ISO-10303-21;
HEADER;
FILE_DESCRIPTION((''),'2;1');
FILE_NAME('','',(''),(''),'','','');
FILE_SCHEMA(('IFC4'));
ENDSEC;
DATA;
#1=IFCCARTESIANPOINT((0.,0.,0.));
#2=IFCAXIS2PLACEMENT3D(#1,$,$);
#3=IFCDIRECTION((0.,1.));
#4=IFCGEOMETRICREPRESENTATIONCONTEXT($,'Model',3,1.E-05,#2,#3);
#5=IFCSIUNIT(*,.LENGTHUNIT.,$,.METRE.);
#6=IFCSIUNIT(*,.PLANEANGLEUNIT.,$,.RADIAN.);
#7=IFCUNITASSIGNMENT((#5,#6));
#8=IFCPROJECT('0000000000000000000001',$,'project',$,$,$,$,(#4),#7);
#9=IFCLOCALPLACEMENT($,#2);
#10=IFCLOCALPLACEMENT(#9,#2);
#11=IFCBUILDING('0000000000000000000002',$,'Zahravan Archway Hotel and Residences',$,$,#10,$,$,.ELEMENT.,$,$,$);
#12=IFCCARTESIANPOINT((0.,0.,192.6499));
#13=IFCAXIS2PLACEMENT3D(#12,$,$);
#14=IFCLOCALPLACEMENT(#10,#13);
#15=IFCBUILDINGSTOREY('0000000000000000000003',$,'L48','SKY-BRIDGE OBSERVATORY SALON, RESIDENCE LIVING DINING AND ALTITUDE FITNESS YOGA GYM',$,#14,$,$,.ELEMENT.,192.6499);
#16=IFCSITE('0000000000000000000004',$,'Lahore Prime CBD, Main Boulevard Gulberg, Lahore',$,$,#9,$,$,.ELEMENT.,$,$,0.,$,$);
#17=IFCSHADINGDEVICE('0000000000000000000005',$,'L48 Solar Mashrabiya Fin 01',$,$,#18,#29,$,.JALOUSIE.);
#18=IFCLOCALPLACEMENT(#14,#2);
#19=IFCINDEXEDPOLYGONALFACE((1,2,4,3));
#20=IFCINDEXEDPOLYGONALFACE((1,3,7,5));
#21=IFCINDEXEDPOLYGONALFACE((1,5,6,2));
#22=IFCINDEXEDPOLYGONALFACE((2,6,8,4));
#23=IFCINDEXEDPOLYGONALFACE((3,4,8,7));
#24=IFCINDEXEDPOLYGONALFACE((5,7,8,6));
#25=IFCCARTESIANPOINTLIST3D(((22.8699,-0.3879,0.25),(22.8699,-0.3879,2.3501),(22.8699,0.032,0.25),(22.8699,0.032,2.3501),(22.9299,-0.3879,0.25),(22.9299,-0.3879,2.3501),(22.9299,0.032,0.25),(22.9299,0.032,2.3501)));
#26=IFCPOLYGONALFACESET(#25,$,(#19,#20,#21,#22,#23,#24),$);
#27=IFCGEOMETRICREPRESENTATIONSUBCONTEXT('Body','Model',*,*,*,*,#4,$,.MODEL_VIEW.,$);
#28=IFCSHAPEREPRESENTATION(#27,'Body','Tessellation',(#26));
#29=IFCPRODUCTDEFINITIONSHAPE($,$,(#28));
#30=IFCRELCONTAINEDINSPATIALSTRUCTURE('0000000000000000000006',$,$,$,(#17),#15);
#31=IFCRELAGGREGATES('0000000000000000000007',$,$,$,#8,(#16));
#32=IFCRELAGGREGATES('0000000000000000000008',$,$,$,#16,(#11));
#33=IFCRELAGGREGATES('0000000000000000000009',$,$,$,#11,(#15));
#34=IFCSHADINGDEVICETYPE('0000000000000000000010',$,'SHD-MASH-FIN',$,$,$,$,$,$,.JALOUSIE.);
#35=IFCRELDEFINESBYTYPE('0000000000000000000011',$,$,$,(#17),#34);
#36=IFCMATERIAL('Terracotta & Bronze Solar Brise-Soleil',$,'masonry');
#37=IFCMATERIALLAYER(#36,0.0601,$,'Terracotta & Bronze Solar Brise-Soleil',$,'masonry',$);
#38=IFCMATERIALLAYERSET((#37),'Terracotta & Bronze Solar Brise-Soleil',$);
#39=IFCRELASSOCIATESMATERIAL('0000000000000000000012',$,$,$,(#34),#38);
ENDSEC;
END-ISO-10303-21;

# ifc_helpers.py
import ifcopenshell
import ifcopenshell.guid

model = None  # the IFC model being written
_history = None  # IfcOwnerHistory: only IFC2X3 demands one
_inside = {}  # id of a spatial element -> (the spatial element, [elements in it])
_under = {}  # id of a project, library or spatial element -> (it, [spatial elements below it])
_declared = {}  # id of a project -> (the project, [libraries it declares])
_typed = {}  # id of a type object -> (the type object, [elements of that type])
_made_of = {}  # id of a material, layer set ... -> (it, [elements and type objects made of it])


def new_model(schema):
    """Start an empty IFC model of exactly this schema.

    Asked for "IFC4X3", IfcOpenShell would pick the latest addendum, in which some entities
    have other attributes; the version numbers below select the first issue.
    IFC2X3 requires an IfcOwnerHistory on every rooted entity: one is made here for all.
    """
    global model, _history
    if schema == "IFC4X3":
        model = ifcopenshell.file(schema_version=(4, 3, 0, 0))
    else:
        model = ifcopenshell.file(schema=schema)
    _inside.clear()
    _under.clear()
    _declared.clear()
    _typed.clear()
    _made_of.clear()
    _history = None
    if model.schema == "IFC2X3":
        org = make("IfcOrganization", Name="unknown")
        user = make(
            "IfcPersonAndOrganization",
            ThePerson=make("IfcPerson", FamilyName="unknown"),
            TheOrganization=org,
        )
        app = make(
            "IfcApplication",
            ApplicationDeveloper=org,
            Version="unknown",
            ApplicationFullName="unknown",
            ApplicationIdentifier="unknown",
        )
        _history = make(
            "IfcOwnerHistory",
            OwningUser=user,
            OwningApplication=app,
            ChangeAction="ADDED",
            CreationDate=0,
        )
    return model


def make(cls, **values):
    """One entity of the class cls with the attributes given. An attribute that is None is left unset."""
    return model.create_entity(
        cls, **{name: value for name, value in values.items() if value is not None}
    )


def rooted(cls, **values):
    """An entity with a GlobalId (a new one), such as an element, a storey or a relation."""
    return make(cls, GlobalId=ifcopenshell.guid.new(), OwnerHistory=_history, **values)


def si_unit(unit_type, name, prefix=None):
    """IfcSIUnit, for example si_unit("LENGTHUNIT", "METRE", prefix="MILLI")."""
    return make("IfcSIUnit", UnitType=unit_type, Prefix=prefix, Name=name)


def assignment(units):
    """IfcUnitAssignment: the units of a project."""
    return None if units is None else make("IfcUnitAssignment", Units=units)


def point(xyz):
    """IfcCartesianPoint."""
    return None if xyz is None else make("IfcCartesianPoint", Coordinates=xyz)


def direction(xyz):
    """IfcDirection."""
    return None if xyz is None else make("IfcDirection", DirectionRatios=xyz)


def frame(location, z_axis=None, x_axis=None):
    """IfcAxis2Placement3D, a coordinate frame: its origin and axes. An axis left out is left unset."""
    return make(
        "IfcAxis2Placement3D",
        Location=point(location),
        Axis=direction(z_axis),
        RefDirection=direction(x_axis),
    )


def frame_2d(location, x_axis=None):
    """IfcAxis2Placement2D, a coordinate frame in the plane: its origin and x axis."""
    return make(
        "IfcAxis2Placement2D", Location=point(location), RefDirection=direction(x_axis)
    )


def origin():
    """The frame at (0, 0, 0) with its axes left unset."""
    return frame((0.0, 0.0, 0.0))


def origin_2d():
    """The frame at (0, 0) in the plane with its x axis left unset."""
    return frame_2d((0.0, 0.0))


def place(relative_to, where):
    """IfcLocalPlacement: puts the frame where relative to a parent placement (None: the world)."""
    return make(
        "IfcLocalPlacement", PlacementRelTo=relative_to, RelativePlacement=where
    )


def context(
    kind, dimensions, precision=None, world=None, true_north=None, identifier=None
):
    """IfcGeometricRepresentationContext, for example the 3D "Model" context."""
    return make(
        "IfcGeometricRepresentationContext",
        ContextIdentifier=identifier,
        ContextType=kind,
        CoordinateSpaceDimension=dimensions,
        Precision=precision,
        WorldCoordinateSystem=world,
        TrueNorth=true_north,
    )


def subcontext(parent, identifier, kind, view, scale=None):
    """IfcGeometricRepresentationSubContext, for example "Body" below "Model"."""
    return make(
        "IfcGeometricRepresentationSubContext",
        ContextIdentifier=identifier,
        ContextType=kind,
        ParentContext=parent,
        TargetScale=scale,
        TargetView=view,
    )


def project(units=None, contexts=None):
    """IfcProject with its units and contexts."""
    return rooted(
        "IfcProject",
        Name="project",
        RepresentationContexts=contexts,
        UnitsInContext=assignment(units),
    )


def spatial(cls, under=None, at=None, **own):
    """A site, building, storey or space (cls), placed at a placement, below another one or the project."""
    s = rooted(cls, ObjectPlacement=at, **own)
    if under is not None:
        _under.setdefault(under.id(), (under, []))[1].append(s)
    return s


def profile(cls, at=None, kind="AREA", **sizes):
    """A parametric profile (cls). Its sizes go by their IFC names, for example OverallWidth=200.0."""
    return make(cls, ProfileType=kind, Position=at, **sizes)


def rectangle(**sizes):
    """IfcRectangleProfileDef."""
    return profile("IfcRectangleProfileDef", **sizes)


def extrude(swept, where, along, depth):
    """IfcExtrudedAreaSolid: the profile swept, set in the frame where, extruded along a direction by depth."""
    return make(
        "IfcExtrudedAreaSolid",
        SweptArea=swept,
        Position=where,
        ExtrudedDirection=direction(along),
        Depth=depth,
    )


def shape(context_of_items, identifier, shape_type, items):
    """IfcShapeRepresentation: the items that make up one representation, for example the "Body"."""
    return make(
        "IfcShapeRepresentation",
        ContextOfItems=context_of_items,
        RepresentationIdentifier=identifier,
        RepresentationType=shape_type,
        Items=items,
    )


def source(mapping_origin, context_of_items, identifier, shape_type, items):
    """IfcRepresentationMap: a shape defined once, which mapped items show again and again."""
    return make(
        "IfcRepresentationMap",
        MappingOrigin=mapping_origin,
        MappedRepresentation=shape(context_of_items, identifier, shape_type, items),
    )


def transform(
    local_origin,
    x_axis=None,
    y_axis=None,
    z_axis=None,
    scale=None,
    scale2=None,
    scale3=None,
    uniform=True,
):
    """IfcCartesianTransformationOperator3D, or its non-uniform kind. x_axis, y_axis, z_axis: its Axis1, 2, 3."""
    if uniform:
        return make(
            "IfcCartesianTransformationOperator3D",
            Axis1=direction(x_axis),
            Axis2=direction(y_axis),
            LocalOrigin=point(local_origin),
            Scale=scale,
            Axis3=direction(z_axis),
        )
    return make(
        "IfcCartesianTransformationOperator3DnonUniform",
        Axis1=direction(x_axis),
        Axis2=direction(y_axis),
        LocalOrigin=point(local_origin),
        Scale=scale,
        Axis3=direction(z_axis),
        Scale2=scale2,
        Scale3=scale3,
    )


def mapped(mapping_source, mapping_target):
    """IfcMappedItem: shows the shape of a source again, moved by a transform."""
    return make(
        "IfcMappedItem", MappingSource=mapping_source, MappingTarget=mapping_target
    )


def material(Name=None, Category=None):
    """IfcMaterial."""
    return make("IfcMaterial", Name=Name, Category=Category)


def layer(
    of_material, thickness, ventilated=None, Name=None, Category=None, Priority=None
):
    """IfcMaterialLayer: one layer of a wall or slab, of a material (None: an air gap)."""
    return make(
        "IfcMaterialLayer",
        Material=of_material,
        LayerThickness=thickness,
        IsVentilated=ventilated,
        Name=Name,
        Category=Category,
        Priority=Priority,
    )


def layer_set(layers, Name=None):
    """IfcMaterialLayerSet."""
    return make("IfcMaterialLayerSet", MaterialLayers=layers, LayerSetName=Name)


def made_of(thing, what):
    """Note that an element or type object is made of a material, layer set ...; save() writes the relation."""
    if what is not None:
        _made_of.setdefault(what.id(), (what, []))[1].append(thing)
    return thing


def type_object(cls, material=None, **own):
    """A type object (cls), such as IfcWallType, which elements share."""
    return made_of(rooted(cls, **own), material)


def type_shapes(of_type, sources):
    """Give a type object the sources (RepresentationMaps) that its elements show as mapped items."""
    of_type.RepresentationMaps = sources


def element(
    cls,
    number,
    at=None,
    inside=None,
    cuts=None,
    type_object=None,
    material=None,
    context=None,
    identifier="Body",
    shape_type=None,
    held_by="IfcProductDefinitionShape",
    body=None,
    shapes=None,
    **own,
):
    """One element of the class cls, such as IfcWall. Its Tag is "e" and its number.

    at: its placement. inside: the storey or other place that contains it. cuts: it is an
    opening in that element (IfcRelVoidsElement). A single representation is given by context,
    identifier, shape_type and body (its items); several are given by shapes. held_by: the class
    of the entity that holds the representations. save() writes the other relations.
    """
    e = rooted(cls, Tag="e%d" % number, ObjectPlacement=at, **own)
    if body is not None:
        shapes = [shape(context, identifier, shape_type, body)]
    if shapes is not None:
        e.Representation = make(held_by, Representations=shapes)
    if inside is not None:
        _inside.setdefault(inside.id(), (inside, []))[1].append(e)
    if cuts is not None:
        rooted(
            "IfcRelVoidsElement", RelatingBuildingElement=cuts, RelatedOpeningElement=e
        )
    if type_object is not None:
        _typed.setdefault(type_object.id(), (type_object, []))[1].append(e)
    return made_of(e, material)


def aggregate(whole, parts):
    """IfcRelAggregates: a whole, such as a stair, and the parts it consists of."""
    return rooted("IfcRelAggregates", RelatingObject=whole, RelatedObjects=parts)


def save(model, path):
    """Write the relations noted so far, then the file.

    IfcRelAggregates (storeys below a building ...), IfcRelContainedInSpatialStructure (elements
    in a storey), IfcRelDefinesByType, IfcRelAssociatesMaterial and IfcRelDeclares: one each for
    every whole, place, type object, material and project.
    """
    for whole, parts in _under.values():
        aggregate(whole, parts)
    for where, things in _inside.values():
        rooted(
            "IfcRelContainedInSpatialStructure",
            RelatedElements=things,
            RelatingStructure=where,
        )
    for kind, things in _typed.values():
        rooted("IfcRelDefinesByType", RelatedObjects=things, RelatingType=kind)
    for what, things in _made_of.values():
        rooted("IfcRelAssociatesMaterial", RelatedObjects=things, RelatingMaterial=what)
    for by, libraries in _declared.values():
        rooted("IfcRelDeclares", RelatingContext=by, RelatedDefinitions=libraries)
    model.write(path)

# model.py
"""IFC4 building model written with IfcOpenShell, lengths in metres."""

from ifc_helpers import new_model, si_unit, direction, frame, origin, origin_2d, place, context, subcontext, project, spatial, rectangle, extrude, source, transform, mapped, material, layer, layer_set, type_object, type_shapes, element, save


model = new_model("IFC4")

# Units and contexts
model_context = context("Model", 3, precision=1e-05, world=origin(), true_north=direction((0.0, 1.0)))
body_context = subcontext(model_context, "Body", "Model", "MODEL_VIEW")
ifc_project = project(units=[si_unit("LENGTHUNIT", "METRE"), si_unit("PLANEANGLEUNIT", "RADIAN")], contexts=[model_context])

# Site, building, storey
site_placement = place(None, origin())
site = spatial("IfcSite", under=ifc_project, at=site_placement, Name="Lahore Prime CBD, Main Boulevard Gulberg, Lahore", CompositionType="ELEMENT", RefElevation=0.0)
building_placement = place(site_placement, origin())
building = spatial("IfcBuilding", under=site, at=building_placement, Name="Zahravan Archway Hotel and Residences", CompositionType="ELEMENT")
storey_placement = place(building_placement, frame((0.0, 0.0, 192.6499)))
storey = spatial("IfcBuildingStorey", under=building, at=storey_placement, Name="L48", Description="SKY-BRIDGE OBSERVATORY SALON, RESIDENCE LIVING DINING AND ALTITUDE FITNESS YOGA GYM", CompositionType="ELEMENT", Elevation=192.6499)

# Shading device
ifc_material_1 = material(Name="Terracotta & Bronze Solar Brise-Soleil", Category="masonry")
ifc_layer_1 = layer(ifc_material_1, 0.0601, Name="Terracotta & Bronze Solar Brise-Soleil", Category="masonry")
ifc_layer_set_1 = layer_set([ifc_layer_1], Name="Terracotta & Bronze Solar Brise-Soleil")
shading_device_type = type_object("IfcShadingDeviceType", Name="SHD-MASH-FIN", PredefinedType="JALOUSIE", material=ifc_layer_set_1)
shared_shape_1 = source(origin(), body_context, "Body", "SweptSolid", [
    extrude(rectangle(XDim=0.0601, YDim=0.4199, at=origin_2d()), origin(), (0.0, 0.0, 1.0), 2.1001),
])
type_shapes(shading_device_type, [shared_shape_1])
shading_device_placement = place(storey_placement, frame((22.8999, -0.178, 0.25), z_axis=(0.0, 0.0, 1.0), x_axis=(1.0, 0.0, 0.0)))
element("IfcShadingDevice", 1, at=shading_device_placement, inside=storey, type_object=shading_device_type, Name="L48 Solar Mashrabiya Fin 01", PredefinedType="JALOUSIE", context=body_context, shape_type="MappedRepresentation", body=[
    mapped(shared_shape_1, transform((0.0, 0.0, 0.0), scale=1.0)),
])

save(model, "model.ifc")
